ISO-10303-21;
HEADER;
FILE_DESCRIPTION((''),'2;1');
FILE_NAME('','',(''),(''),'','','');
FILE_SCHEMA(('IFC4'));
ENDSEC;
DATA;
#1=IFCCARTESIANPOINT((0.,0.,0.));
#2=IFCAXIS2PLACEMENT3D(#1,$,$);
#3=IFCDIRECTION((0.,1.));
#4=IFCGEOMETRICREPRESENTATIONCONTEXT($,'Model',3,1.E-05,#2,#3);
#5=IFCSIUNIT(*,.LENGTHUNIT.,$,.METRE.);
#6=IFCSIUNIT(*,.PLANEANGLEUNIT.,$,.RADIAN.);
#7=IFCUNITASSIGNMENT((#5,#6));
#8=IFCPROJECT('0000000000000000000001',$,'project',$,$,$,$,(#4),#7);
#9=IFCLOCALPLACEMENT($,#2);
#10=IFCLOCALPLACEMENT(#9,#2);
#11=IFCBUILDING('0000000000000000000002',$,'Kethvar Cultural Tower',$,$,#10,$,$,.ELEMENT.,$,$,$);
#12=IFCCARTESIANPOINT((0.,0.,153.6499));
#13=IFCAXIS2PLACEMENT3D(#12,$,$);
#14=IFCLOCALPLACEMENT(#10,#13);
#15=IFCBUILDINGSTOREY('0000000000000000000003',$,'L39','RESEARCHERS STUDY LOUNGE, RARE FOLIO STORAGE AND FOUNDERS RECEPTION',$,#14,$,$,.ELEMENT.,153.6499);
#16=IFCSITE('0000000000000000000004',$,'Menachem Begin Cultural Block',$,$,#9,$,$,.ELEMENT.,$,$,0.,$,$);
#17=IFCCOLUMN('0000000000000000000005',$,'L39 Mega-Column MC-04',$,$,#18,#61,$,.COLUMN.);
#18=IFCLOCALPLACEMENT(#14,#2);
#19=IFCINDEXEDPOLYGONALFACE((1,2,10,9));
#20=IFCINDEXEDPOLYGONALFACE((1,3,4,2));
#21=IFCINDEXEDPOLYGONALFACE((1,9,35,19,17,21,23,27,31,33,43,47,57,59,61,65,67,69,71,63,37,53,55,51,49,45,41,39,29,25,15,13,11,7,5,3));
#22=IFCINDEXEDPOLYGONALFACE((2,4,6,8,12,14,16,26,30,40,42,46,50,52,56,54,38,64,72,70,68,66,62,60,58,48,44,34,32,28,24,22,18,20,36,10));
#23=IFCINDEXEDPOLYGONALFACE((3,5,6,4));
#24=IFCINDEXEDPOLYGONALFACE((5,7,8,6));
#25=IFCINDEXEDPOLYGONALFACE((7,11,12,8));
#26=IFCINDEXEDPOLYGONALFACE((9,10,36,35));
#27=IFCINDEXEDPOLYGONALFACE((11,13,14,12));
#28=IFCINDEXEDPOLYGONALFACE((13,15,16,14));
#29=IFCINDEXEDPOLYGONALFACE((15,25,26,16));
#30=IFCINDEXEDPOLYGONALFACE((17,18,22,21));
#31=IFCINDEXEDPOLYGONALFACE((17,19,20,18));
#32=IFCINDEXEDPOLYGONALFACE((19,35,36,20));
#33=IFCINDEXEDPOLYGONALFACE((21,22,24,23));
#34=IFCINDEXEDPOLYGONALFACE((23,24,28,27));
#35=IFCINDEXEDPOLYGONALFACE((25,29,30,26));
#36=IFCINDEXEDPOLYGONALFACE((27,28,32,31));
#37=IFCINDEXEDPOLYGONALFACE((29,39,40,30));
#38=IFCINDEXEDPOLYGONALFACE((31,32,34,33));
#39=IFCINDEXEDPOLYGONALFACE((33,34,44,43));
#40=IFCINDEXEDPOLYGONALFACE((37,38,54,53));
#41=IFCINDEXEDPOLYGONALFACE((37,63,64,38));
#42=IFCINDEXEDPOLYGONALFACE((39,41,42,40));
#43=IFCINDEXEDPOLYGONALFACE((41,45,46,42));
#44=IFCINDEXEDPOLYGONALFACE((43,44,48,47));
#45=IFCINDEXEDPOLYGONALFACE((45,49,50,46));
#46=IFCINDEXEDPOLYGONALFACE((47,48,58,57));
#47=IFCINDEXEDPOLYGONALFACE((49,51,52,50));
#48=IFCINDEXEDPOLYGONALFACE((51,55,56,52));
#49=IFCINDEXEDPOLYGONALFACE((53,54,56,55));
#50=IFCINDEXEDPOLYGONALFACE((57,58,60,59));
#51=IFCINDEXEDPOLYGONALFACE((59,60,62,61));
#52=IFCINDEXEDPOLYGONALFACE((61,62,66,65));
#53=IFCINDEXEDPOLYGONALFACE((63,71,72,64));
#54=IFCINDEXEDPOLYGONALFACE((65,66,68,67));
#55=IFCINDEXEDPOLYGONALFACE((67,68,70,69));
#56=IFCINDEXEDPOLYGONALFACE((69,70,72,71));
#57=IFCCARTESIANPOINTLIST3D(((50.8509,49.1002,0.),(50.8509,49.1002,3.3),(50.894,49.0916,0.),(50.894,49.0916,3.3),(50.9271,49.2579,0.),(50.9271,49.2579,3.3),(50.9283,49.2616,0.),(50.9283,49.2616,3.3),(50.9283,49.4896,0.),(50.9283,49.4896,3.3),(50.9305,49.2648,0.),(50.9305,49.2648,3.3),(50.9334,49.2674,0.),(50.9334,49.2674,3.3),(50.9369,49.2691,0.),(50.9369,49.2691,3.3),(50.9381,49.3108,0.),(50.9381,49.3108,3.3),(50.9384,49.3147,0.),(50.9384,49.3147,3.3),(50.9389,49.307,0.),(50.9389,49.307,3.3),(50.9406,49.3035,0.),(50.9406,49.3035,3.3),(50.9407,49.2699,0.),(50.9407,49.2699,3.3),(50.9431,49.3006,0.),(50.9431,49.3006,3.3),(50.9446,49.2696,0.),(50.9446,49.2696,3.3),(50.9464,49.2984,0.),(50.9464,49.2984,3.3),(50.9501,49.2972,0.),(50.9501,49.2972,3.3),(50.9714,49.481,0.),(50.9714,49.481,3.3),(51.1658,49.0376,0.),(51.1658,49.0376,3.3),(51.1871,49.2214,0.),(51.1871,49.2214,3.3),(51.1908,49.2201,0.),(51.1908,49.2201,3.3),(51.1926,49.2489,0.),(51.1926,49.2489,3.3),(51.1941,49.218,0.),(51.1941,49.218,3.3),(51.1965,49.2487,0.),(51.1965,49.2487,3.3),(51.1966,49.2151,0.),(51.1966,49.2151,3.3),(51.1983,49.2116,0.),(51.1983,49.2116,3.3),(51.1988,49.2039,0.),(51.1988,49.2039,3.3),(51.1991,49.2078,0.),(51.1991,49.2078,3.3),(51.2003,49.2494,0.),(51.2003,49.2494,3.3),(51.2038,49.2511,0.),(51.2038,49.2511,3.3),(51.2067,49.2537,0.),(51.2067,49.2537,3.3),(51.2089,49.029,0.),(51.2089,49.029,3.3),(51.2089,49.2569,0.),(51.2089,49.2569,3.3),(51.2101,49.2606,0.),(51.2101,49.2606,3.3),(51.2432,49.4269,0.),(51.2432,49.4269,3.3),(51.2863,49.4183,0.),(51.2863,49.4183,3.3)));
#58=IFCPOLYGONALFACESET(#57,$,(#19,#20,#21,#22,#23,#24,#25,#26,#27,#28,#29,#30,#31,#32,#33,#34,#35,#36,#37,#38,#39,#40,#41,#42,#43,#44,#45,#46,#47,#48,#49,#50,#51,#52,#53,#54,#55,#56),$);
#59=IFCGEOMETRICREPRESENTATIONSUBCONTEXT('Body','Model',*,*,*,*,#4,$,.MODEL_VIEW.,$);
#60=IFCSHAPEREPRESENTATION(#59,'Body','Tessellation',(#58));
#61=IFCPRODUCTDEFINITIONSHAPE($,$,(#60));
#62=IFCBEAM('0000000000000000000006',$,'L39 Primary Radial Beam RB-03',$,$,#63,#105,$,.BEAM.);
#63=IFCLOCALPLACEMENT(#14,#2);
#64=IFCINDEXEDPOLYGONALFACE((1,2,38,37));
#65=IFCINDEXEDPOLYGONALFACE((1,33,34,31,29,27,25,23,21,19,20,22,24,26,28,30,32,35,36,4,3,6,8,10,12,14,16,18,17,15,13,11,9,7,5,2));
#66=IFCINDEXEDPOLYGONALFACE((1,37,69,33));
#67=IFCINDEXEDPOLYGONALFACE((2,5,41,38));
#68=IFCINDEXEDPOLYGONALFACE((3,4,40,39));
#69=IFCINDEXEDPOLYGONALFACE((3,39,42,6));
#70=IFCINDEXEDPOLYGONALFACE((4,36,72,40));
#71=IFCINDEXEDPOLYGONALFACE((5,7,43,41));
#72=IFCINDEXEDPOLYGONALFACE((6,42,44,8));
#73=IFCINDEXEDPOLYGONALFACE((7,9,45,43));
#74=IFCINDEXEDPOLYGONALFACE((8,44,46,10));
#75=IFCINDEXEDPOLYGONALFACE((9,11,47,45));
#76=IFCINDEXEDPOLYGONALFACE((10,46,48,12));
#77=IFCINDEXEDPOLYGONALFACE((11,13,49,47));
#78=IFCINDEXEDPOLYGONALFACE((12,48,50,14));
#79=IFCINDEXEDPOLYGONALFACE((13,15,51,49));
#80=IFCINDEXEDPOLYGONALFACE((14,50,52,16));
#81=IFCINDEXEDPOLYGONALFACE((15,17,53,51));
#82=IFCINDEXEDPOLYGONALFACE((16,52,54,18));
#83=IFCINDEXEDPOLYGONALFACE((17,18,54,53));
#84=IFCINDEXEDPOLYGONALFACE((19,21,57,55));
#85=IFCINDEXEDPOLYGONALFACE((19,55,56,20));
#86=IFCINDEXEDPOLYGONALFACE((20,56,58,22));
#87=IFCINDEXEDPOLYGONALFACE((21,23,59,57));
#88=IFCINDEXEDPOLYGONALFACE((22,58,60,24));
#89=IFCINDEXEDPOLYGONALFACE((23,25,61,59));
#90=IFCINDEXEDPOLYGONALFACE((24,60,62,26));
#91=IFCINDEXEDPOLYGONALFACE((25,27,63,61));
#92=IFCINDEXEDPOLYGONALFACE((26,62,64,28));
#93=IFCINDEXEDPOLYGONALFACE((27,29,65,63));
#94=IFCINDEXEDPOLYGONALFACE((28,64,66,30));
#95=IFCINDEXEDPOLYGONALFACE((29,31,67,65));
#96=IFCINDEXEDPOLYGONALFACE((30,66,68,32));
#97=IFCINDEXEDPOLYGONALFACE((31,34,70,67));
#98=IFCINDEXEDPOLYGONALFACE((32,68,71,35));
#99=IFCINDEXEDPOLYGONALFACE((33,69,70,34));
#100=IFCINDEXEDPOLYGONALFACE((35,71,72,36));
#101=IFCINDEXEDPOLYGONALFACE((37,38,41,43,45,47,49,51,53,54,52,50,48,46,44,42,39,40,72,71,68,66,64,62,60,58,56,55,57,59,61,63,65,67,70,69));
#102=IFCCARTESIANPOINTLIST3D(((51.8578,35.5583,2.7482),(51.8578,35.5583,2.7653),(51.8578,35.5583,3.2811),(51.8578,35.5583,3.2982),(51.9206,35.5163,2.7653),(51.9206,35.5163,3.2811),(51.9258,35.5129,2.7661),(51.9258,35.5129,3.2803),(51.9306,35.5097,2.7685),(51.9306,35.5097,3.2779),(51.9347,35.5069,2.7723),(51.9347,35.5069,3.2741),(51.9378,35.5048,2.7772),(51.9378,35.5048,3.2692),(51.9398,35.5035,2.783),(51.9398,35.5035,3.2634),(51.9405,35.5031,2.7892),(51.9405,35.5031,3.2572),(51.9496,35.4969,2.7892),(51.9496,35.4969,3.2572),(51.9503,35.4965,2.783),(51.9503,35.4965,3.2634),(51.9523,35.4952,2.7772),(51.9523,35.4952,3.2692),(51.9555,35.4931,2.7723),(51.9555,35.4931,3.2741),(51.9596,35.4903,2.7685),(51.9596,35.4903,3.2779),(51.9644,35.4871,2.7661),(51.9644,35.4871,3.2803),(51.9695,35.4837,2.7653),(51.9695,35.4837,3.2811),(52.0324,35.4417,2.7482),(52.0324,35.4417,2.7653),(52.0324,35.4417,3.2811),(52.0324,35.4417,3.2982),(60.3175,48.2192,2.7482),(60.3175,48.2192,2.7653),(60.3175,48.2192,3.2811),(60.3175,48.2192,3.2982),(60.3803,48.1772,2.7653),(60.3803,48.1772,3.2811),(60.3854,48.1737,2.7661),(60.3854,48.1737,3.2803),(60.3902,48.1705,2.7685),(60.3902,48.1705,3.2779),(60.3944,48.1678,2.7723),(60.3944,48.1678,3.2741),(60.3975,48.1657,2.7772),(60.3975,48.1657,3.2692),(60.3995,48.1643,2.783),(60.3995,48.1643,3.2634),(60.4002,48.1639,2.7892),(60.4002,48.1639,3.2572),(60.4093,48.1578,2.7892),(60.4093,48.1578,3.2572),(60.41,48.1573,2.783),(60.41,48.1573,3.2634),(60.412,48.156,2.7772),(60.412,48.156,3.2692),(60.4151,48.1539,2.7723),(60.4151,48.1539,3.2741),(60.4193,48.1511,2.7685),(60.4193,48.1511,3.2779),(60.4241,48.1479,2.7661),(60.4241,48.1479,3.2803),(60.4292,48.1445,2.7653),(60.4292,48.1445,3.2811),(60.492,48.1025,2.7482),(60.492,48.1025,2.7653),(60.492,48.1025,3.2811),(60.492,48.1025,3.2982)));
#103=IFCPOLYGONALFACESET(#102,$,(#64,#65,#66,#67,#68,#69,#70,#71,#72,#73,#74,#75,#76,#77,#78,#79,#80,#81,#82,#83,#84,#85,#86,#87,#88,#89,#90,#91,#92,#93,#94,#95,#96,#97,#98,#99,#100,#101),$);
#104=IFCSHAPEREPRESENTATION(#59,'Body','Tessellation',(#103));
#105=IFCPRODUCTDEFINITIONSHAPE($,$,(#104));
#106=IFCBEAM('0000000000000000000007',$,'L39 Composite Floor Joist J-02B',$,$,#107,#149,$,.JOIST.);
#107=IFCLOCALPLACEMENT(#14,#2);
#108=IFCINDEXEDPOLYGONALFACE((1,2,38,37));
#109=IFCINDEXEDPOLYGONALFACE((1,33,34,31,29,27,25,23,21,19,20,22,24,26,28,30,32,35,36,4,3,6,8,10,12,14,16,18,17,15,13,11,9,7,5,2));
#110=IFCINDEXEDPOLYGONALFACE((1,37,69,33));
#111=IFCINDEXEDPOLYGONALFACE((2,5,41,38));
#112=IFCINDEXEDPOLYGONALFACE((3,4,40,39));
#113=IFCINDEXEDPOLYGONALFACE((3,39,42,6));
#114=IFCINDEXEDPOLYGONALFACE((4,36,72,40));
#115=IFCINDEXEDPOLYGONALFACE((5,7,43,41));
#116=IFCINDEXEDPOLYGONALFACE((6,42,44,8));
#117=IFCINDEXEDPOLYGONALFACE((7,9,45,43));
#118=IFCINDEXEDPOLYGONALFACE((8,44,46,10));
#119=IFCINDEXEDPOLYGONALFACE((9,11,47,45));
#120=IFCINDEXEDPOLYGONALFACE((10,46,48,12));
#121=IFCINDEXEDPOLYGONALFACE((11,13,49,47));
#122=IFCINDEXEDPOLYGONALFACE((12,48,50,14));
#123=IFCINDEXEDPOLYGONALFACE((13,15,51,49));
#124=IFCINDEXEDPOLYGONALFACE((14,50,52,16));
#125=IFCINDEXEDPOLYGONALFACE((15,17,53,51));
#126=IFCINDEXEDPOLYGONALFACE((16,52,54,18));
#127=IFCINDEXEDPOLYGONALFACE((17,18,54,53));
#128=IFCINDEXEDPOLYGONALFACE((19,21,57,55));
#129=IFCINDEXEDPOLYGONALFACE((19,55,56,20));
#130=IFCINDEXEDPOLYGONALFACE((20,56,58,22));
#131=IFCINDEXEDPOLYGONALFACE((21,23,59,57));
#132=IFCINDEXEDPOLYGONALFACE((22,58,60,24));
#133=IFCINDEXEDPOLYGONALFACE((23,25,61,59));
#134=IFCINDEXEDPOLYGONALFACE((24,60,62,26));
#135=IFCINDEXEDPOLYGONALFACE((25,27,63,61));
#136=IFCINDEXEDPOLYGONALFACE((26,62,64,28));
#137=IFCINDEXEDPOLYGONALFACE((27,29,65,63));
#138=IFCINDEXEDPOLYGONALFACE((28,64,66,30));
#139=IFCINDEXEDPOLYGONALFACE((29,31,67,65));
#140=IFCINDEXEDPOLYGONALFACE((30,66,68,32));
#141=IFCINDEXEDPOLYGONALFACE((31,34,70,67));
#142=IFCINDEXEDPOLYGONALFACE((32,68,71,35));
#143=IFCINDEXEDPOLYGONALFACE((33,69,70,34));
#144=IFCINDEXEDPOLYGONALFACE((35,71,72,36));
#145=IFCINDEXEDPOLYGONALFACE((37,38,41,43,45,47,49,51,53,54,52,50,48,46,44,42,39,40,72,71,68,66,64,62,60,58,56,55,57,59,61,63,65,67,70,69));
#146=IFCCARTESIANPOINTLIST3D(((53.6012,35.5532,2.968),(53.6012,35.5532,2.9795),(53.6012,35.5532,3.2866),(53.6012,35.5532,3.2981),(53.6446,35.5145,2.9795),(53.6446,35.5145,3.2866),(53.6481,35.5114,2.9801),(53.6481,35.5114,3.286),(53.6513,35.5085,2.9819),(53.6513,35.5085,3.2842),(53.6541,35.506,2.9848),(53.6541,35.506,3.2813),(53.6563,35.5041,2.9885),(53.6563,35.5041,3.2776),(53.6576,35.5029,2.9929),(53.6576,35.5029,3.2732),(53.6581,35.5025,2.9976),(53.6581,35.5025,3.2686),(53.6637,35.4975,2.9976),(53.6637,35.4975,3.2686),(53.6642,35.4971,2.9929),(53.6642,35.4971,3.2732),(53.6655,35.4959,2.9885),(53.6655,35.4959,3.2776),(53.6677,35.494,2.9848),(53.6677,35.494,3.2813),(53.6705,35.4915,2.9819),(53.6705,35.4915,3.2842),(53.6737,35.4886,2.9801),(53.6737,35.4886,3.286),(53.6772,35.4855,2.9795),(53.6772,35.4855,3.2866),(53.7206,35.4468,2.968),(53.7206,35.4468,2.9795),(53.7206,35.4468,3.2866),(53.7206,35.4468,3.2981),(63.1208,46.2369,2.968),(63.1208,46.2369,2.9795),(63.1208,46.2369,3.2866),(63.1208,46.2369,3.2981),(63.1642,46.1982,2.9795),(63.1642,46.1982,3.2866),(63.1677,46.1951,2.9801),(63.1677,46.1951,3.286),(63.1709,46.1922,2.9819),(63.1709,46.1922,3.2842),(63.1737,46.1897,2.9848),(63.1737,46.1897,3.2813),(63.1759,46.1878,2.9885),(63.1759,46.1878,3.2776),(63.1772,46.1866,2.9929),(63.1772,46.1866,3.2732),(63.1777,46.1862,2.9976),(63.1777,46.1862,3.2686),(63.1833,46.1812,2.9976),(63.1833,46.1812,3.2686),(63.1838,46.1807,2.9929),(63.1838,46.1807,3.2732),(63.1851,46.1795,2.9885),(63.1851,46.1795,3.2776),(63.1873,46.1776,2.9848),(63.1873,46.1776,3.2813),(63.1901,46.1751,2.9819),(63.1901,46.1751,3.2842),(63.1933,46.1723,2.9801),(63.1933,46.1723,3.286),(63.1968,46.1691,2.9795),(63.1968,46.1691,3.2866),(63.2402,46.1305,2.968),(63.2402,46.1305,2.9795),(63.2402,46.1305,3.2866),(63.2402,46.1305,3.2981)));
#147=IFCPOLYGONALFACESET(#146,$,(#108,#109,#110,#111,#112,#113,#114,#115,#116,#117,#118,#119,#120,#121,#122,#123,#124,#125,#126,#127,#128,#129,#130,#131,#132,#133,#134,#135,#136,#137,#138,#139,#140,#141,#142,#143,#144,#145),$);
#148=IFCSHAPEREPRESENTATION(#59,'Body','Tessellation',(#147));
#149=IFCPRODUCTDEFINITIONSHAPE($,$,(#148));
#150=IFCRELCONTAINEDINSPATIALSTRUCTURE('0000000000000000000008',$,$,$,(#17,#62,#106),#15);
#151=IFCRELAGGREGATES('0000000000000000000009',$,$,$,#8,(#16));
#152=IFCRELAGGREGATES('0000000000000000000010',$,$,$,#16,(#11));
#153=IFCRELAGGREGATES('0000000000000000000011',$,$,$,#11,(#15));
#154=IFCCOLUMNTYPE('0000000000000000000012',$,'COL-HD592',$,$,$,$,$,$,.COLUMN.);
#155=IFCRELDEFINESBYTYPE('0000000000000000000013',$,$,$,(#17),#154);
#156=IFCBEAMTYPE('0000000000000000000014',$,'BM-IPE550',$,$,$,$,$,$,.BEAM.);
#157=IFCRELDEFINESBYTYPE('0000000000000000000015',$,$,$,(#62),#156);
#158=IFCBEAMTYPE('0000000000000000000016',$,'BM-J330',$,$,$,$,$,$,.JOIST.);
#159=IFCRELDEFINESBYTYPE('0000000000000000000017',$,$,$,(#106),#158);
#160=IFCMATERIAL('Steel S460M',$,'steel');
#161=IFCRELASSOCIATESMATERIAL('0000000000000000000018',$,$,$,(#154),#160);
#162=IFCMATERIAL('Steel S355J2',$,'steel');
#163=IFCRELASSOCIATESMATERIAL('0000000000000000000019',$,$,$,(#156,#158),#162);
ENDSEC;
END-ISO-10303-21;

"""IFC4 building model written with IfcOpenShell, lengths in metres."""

from ifc_helpers import new_model, si_unit, direction, frame, origin, origin_2d, place, context, subcontext, project, spatial, i_section, extrude, source, transform, mapped, material, material_profile, profile_set, type_object, element, save


model = new_model("IFC4")

# Units and contexts
model_context = context("Model", 3, precision=1e-05, world=origin(), true_north=direction((0.0, 1.0)))
body_context = subcontext(model_context, "Body", "Model", "MODEL_VIEW")
ifc_project = project(units=[si_unit("LENGTHUNIT", "METRE"), si_unit("PLANEANGLEUNIT", "RADIAN")], contexts=[model_context])

# Site, building, storey
site_placement = place(None, origin())
site = spatial("IfcSite", under=ifc_project, at=site_placement, Name="Menachem Begin Cultural Block", CompositionType="ELEMENT", RefElevation=0.0)
building_placement = place(site_placement, origin())
building = spatial("IfcBuilding", under=site, at=building_placement, Name="Kethvar Cultural Tower", CompositionType="ELEMENT")
storey_placement = place(building_placement, frame((0.0, 0.0, 153.6499)))
storey = spatial("IfcBuildingStorey", under=building, at=storey_placement, Name="L39", Description="RESEARCHERS STUDY LOUNGE, RARE FOLIO STORAGE AND FOUNDERS RECEPTION", CompositionType="ELEMENT", Elevation=153.6499)

# Column
ifc_material_1 = material(Name="Steel S460M", Category="steel")
ifc_material_profile_1 = material_profile(ifc_material_1, i_section(OverallWidth=0.397, OverallDepth=0.365, WebThickness=0.0281, FlangeThickness=0.0439, FilletRadius=0.0149, at=origin_2d()), Name="Steel S460M — HD400x592")
ifc_profile_set_1 = profile_set([ifc_material_profile_1], Name="Steel S460M — HD400x592")
column_type = type_object("IfcColumnType", Name="COL-HD592", PredefinedType="COLUMN", material=ifc_profile_set_1)
shared_shape_1 = source(origin(), body_context, "Body", "SweptSolid", [
    extrude(i_section(OverallWidth=0.397, OverallDepth=0.365, WebThickness=0.0281, FlangeThickness=0.0439, FilletRadius=0.0149, at=origin_2d()), origin(), (0.0, 0.0, 1.0), 3.3),
])
column_placement = place(storey_placement, frame((51.0686, 49.2593, 0.0), z_axis=(0.0, 0.0, 1.0), x_axis=(0.19509, 0.980785, 0.0)))
element("IfcColumn", 1, at=column_placement, inside=storey, type_object=column_type, Name="L39 Mega-Column MC-04", PredefinedType="COLUMN", context=body_context, shape_type="MappedRepresentation", body=[
    mapped(shared_shape_1, transform((0.0, 0.0, 0.0), scale=1.0)),
])

# Beams
ifc_material_2 = material(Name="Steel S355J2", Category="steel")
ifc_material_profile_2 = material_profile(ifc_material_2, i_section(OverallWidth=0.21, OverallDepth=0.55, WebThickness=0.011, FlangeThickness=0.0171, FilletRadius=0.0239, at=origin_2d()), Name="Steel S355J2 — IPE550")
ifc_profile_set_2 = profile_set([ifc_material_profile_2], Name="Steel S355J2 — IPE550")
beam_type_1 = type_object("IfcBeamType", Name="BM-IPE550", PredefinedType="BEAM", material=ifc_profile_set_2)
shared_shape_2 = source(origin(), body_context, "Body", "SweptSolid", [
    extrude(i_section(OverallWidth=0.21, OverallDepth=0.55, WebThickness=0.011, FlangeThickness=0.0171, FilletRadius=0.0239, at=origin_2d()), origin(), (0.0, 0.0, 1.0), 15.2271),
])
beam_1_placement = place(storey_placement, frame((51.9451, 35.5, 3.0232), z_axis=(0.555569, 0.83147, 0.0), x_axis=(-0.83147, 0.555569, 0.0)))
element("IfcBeam", 2, at=beam_1_placement, inside=storey, type_object=beam_type_1, Name="L39 Primary Radial Beam RB-03", PredefinedType="BEAM", context=body_context, shape_type="MappedRepresentation", body=[
    mapped(shared_shape_2, transform((0.0, 0.0, 0.0), scale=1.0)),
])
ifc_material_profile_3 = material_profile(ifc_material_2, i_section(OverallWidth=0.1599, OverallDepth=0.3301, WebThickness=0.0076, FlangeThickness=0.0115, FilletRadius=0.0181, at=origin_2d()), Name="Steel S355J2 — IPE330")
ifc_profile_set_3 = profile_set([ifc_material_profile_3], Name="Steel S355J2 — IPE330")
beam_type_2 = type_object("IfcBeamType", Name="BM-J330", PredefinedType="JOIST", material=ifc_profile_set_3)
shared_shape_3 = source(origin(), body_context, "Body", "SweptSolid", [
    extrude(i_section(OverallWidth=0.1599, OverallDepth=0.3301, WebThickness=0.0076, FlangeThickness=0.0115, FilletRadius=0.0181, at=origin_2d()), origin(), (0.0, 0.0, 1.0), 14.3096),
])
beam_2_placement = place(storey_placement, frame((53.6609, 35.5, 3.1331), z_axis=(0.665261, 0.746611, 0.0), x_axis=(-0.746611, 0.665261, 0.0)))
element("IfcBeam", 3, at=beam_2_placement, inside=storey, type_object=beam_type_2, Name="L39 Composite Floor Joist J-02B", PredefinedType="JOIST", context=body_context, shape_type="MappedRepresentation", body=[
    mapped(shared_shape_3, transform((0.0, 0.0, 0.0), scale=1.0)),
])

save(model, "model.ifc")
